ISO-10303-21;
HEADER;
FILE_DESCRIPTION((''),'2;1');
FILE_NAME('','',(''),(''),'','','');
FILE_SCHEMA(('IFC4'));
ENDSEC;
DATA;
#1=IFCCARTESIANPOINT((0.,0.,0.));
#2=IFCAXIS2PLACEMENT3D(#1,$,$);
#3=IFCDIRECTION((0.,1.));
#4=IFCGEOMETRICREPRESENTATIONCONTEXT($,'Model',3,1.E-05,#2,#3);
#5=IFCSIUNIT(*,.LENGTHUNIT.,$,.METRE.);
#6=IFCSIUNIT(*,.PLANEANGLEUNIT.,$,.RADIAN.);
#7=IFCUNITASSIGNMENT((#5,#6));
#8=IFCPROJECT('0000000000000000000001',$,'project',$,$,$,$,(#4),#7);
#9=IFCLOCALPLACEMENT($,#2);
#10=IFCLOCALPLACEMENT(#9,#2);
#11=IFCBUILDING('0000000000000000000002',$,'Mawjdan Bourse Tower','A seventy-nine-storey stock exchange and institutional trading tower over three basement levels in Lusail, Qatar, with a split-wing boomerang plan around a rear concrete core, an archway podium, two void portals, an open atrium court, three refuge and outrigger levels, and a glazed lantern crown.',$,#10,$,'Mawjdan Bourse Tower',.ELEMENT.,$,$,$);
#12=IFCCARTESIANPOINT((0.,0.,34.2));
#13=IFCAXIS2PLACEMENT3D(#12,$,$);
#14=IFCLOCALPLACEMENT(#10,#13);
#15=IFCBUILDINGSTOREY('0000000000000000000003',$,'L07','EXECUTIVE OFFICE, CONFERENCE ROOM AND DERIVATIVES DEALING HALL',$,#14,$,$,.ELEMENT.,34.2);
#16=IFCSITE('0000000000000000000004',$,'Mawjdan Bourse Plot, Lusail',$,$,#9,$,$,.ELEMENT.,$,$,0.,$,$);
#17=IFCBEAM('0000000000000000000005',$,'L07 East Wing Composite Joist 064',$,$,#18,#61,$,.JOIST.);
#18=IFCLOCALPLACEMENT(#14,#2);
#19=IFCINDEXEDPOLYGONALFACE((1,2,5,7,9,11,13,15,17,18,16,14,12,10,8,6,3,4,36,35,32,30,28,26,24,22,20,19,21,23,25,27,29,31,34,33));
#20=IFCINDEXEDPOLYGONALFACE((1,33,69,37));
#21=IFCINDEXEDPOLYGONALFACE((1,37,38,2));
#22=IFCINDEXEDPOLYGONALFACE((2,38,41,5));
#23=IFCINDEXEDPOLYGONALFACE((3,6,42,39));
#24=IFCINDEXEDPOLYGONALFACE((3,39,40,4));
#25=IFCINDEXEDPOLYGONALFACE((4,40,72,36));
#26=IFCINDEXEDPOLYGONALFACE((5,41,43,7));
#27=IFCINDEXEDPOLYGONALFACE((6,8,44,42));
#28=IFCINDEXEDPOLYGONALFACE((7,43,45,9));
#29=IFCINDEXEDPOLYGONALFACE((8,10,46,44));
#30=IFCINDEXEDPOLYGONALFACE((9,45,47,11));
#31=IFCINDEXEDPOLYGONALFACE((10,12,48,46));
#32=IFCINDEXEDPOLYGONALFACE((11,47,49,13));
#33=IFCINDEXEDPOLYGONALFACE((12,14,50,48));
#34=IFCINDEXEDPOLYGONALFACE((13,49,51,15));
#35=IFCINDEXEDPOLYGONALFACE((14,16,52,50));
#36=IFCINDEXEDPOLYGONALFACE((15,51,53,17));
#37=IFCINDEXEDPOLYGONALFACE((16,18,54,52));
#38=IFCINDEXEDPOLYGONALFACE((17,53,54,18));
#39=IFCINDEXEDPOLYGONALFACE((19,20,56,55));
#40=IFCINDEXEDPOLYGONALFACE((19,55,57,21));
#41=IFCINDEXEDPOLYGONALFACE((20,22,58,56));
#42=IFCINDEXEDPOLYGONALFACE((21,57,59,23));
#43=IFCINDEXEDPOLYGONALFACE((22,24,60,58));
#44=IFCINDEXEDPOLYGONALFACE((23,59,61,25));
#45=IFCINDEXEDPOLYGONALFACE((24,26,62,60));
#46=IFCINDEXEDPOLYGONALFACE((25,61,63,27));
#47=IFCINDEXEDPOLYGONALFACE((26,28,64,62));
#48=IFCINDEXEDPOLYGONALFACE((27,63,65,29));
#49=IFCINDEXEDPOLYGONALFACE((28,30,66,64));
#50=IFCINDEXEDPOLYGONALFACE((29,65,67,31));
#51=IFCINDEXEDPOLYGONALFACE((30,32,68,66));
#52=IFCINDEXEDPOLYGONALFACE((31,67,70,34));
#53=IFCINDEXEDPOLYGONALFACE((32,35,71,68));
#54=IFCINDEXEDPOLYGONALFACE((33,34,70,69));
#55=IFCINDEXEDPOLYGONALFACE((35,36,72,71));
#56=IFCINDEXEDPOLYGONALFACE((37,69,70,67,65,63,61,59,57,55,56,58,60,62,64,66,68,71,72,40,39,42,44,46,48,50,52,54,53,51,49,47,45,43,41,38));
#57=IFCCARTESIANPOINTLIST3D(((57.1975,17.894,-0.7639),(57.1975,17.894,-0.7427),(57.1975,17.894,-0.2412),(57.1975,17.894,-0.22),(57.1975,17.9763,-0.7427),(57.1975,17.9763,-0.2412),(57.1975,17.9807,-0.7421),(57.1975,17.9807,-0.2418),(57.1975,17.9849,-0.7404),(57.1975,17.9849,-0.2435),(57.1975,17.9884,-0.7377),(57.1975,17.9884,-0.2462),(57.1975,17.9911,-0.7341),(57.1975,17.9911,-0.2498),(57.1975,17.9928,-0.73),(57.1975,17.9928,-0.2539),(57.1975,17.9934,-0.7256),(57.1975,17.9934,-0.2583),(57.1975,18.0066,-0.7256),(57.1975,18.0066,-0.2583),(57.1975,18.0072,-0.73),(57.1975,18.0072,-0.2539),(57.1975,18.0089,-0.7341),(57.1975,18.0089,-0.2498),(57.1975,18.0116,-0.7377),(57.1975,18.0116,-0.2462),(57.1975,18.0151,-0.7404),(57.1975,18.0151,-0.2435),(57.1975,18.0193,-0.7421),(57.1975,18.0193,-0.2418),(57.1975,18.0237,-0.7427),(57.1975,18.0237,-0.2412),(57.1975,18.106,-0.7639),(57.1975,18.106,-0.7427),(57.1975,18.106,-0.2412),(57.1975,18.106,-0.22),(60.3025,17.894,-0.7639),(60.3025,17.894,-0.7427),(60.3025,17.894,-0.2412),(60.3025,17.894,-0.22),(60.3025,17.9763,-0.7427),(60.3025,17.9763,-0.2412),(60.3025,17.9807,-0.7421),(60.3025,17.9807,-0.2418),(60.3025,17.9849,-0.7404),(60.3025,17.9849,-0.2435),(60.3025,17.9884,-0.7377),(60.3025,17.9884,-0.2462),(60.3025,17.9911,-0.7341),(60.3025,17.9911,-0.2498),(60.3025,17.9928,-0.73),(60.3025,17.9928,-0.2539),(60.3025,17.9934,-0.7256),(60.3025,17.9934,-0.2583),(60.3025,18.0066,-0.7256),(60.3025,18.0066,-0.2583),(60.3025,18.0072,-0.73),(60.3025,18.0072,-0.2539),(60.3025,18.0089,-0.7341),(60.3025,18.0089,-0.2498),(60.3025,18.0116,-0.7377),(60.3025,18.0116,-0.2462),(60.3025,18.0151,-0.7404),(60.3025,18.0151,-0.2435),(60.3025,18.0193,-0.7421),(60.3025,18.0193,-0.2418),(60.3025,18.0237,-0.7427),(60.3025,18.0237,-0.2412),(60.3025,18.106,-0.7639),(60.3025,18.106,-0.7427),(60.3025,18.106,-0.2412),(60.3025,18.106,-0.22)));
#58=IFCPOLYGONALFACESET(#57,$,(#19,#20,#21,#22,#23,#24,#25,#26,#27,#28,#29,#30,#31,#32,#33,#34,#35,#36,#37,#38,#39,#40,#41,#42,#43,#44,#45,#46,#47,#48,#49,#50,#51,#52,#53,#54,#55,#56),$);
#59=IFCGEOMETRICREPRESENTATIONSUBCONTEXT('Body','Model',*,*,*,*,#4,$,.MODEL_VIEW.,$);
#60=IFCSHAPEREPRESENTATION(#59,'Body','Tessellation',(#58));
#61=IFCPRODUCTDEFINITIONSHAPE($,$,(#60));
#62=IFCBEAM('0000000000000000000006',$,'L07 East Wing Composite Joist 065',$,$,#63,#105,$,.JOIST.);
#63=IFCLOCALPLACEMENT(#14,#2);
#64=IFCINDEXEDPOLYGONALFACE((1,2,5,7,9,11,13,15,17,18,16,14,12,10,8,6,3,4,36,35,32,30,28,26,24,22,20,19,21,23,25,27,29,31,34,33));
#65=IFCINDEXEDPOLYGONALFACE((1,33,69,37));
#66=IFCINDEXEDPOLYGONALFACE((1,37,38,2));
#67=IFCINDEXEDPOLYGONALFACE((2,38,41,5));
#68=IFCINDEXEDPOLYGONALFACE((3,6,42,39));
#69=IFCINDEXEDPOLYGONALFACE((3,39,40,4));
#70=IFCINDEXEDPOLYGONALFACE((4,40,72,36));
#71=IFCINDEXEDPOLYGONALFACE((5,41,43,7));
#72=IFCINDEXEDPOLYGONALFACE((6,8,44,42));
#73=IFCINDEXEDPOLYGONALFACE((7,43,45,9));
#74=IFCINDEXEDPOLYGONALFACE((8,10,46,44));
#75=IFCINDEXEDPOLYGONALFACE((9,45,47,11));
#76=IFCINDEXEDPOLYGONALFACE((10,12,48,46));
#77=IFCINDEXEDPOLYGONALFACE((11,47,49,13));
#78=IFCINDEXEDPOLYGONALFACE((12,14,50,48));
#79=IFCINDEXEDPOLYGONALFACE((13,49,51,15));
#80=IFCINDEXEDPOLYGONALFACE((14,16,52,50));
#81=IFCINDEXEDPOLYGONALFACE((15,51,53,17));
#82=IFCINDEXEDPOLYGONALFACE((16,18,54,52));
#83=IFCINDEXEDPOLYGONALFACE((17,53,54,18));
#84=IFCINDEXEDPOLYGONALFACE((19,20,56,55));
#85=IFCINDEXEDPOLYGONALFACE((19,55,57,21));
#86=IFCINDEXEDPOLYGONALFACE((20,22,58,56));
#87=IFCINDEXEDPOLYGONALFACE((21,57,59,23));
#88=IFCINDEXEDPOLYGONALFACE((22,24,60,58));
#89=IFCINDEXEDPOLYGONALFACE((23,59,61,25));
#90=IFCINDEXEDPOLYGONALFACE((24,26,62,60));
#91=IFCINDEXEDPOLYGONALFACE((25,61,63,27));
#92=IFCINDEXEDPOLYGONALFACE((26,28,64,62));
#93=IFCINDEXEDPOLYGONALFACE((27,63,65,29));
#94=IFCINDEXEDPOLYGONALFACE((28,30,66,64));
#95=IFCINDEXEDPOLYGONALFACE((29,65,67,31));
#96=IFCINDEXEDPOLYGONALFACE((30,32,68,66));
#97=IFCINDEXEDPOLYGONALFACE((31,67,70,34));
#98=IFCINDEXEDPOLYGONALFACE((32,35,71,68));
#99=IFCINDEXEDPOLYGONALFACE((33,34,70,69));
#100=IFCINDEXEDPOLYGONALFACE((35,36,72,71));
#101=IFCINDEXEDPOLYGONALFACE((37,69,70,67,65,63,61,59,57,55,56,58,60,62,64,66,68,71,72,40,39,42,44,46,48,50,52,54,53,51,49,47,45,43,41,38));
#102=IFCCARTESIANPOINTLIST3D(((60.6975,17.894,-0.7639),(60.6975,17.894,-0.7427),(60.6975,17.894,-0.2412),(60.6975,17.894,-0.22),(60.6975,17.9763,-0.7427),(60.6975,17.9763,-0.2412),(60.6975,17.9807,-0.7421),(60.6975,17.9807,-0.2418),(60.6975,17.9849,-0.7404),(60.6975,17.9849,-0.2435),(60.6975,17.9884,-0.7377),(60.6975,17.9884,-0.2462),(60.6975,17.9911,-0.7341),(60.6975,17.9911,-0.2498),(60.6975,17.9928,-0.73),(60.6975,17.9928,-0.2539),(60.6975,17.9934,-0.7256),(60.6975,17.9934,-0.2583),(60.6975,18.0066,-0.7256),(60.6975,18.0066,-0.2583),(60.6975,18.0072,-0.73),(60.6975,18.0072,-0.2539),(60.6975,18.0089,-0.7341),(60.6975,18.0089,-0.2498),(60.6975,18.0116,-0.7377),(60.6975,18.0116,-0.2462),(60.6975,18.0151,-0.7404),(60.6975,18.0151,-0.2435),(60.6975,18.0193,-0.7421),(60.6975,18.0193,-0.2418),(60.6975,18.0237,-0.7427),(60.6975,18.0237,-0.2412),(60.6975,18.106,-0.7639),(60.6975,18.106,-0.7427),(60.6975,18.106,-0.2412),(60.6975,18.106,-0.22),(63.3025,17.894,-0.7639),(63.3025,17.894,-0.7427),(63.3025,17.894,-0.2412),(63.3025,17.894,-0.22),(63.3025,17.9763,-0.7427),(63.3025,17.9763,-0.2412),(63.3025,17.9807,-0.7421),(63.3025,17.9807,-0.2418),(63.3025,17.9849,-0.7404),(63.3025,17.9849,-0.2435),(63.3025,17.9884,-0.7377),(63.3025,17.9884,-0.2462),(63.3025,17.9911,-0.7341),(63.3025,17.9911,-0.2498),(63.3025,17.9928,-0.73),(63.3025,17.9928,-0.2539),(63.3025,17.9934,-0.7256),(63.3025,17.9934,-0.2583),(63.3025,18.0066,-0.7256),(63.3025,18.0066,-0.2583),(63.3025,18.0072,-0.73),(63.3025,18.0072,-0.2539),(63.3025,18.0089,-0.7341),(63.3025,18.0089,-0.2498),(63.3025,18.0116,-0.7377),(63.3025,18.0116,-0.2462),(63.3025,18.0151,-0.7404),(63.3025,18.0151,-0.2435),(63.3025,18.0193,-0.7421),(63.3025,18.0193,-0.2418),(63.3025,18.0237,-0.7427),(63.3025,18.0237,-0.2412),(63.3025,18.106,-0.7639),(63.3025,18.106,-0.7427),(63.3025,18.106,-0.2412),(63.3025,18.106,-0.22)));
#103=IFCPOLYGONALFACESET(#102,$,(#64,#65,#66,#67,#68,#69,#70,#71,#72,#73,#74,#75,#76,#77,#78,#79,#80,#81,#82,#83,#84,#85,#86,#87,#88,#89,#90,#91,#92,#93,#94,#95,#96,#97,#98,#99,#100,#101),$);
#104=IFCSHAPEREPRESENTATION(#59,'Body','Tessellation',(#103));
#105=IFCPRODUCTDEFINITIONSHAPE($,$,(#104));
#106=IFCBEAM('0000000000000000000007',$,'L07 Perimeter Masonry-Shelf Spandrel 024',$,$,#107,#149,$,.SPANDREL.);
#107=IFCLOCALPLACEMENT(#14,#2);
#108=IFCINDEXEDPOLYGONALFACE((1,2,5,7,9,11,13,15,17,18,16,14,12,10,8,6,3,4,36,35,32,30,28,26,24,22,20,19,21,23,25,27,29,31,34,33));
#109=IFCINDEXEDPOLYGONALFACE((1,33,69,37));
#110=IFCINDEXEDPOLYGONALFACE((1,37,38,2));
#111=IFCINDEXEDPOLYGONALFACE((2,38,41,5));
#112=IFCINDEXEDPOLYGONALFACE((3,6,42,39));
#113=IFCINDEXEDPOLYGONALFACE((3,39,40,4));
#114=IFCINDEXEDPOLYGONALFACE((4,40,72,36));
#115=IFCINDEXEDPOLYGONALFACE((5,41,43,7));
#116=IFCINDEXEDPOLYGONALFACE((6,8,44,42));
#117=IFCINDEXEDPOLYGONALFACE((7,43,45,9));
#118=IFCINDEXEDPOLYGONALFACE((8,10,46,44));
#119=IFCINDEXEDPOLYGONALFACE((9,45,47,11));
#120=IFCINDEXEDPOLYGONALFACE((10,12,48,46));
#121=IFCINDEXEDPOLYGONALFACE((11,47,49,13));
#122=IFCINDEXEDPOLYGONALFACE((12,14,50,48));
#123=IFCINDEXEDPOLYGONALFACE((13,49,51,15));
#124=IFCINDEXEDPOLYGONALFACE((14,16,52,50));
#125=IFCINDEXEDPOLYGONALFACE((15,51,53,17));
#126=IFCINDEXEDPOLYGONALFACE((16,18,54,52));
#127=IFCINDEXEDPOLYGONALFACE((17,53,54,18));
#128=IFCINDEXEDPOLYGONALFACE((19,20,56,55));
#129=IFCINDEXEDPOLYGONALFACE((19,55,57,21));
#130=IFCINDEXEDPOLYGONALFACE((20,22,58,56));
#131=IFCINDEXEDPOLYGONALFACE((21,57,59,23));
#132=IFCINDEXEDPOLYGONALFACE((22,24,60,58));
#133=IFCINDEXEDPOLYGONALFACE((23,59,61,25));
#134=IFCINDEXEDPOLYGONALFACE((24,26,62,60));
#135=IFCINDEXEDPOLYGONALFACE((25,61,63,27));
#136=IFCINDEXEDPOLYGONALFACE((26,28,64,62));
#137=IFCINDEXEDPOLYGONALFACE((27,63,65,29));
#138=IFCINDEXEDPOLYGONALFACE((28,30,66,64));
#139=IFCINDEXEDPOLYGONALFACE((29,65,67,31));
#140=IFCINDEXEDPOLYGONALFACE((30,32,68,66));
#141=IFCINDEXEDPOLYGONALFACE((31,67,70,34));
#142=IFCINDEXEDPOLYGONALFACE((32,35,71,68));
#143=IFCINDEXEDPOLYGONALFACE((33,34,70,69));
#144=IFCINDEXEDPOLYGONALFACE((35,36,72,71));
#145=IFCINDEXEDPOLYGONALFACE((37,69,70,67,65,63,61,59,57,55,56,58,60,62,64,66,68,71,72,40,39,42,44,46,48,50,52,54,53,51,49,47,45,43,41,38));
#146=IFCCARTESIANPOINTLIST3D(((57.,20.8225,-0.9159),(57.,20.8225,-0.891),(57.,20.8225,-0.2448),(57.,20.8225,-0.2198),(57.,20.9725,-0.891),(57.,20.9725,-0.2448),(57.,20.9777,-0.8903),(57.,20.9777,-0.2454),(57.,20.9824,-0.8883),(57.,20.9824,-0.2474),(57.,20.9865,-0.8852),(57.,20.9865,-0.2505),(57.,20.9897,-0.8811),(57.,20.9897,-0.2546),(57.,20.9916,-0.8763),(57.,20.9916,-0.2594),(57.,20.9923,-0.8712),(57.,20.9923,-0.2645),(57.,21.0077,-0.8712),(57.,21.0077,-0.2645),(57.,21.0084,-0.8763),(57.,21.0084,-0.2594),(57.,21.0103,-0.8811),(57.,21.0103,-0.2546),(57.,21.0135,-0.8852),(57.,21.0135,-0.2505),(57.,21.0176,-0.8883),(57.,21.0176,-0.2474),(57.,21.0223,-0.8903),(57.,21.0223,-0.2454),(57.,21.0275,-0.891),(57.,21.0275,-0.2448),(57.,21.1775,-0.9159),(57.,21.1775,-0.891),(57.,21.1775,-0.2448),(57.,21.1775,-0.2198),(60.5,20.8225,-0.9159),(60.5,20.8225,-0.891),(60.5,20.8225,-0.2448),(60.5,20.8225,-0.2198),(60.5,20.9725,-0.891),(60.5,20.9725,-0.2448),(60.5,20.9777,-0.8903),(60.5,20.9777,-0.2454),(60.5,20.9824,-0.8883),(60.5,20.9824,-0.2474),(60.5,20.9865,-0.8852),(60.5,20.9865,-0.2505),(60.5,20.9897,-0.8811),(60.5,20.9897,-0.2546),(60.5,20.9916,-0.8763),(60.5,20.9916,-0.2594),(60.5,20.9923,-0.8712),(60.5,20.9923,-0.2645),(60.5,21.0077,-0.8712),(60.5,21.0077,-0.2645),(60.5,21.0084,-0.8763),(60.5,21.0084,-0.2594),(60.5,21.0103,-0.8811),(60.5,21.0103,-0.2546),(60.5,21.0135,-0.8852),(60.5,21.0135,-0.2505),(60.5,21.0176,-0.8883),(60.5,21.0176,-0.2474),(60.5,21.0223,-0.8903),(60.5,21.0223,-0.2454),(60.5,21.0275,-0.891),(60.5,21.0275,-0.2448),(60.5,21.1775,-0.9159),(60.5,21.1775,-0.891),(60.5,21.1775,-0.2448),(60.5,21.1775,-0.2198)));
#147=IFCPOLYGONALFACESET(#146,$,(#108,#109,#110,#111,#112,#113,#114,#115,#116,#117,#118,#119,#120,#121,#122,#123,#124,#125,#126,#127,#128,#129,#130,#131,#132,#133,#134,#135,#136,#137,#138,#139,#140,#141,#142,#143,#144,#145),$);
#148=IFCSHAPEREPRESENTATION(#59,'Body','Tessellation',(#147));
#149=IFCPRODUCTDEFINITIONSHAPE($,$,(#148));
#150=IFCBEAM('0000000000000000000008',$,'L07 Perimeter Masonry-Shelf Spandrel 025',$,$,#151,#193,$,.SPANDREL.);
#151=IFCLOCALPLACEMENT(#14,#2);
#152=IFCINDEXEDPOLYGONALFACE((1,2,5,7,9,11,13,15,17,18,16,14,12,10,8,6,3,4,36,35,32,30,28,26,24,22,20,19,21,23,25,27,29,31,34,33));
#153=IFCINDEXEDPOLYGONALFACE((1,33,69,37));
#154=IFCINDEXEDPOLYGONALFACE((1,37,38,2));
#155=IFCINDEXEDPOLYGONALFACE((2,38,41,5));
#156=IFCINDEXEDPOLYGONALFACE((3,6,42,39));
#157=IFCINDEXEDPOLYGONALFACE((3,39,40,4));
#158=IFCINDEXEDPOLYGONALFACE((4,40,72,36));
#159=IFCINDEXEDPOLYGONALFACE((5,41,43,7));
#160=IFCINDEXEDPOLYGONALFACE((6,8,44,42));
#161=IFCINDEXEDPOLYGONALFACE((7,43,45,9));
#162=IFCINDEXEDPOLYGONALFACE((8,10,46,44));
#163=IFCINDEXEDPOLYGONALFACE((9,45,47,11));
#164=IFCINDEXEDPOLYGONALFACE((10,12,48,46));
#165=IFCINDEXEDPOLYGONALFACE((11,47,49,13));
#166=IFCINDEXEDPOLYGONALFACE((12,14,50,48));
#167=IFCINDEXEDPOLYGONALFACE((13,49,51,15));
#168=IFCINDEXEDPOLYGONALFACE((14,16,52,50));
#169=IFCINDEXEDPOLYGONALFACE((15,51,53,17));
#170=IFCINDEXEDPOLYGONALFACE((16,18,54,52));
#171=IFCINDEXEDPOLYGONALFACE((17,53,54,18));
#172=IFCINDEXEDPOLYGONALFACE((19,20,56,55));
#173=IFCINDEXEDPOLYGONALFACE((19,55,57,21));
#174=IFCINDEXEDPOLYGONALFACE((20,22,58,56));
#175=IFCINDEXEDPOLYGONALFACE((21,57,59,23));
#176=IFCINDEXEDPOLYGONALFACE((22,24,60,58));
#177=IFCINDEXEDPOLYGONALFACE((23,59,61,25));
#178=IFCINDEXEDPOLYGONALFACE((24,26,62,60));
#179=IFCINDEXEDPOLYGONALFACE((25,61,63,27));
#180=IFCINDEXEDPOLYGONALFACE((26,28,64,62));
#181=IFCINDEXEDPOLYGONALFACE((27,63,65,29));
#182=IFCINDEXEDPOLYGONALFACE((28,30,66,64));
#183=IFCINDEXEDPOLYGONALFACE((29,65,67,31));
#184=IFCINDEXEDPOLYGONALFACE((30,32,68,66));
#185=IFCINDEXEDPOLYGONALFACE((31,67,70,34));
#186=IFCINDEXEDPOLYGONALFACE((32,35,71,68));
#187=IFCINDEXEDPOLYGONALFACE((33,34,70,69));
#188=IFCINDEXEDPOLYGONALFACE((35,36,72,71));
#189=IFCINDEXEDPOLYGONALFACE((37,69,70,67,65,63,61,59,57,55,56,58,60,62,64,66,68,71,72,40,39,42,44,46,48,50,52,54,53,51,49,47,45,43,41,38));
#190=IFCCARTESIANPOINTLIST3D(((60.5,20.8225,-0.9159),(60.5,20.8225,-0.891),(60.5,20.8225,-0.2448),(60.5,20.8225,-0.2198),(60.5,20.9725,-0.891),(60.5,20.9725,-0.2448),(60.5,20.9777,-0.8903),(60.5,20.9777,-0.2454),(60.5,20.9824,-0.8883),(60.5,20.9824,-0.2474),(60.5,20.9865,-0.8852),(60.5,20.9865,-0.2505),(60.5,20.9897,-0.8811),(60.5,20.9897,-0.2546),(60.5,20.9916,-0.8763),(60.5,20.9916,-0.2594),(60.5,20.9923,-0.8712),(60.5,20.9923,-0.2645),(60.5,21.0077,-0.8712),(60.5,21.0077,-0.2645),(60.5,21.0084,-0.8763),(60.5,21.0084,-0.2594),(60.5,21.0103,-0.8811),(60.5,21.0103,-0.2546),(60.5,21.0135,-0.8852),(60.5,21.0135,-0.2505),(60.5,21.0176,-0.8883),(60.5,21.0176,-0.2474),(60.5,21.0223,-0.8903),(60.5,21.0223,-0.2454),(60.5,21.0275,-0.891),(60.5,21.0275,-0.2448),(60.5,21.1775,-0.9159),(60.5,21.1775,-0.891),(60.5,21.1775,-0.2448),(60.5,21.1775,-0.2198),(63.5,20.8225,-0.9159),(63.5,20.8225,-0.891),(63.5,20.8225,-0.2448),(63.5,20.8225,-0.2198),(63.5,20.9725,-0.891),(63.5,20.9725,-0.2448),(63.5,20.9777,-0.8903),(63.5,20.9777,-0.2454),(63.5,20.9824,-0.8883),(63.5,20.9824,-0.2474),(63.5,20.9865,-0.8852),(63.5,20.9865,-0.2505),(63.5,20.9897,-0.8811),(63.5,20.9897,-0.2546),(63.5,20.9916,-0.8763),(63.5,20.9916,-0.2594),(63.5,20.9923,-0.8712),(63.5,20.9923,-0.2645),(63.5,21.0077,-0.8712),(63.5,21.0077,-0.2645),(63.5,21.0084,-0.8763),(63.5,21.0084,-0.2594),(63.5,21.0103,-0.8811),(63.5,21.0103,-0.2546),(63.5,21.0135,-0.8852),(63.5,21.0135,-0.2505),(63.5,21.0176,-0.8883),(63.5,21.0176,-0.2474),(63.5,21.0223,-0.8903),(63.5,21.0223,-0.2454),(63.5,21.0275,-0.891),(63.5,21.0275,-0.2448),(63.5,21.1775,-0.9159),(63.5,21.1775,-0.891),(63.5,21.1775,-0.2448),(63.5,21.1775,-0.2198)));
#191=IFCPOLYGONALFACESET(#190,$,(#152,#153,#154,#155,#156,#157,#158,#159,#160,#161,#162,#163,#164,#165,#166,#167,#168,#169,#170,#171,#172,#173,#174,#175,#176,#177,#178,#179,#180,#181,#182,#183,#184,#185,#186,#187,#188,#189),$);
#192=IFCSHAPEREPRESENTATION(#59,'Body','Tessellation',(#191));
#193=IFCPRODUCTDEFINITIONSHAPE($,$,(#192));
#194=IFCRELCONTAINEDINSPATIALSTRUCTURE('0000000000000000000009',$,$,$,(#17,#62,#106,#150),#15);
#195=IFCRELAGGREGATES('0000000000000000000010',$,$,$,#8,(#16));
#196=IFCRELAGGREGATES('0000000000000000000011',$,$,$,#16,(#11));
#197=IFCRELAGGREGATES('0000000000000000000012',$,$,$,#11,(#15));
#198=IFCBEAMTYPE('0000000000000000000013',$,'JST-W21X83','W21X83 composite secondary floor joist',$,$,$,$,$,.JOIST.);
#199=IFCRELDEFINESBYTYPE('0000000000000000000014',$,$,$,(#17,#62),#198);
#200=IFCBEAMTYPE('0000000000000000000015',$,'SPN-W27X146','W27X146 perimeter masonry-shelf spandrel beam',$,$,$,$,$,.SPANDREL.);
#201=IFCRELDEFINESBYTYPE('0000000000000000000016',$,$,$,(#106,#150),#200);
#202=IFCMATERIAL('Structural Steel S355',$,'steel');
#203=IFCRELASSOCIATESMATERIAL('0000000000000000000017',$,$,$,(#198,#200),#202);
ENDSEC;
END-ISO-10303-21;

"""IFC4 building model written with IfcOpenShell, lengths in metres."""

from ifc_helpers import new_model, si_unit, direction, frame, origin, origin_2d, place, context, subcontext, project, spatial, i_section, extrude, material, material_profile, profile_set, type_object, element, save


model = new_model("IFC4")

# Units and contexts
model_context = context("Model", 3, precision=1e-05, world=origin(), true_north=direction((0.0, 1.0)))
body_context = subcontext(model_context, "Body", "Model", "MODEL_VIEW")
ifc_project = project(units=[si_unit("LENGTHUNIT", "METRE"), si_unit("PLANEANGLEUNIT", "RADIAN")], contexts=[model_context])

# Site, building, storey
site_placement = place(None, origin())
site = spatial("IfcSite", under=ifc_project, at=site_placement, Name="Mawjdan Bourse Plot, Lusail", CompositionType="ELEMENT", RefElevation=0.0)
building_placement = place(site_placement, origin())
building = spatial("IfcBuilding", under=site, at=building_placement, Name="Mawjdan Bourse Tower", Description="A seventy-nine-storey stock exchange and institutional trading tower over three basement levels in Lusail, Qatar, with a split-wing boomerang plan around a rear concrete core, an archway podium, two void portals, an open atrium court, three refuge and outrigger levels, and a glazed lantern crown.", LongName="Mawjdan Bourse Tower", CompositionType="ELEMENT")
storey_placement = place(building_placement, frame((0.0, 0.0, 34.2)))
storey = spatial("IfcBuildingStorey", under=building, at=storey_placement, Name="L07", Description="EXECUTIVE OFFICE, CONFERENCE ROOM AND DERIVATIVES DEALING HALL", CompositionType="ELEMENT", Elevation=34.2)

# Beams
ifc_material_1 = material(Name="Structural Steel S355", Category="steel")
ifc_material_profile_1 = material_profile(ifc_material_1, i_section(OverallWidth=0.2119, OverallDepth=0.5439, WebThickness=0.0132, FlangeThickness=0.0212, FilletRadius=0.0171, at=origin_2d()), Name="W21X83")
ifc_profile_set_1 = profile_set([ifc_material_profile_1], Name="Structural Steel S355")
beam_type_1 = type_object("IfcBeamType", Name="JST-W21X83", Description="W21X83 composite secondary floor joist", PredefinedType="JOIST", material=ifc_profile_set_1)
beam_1_placement = place(storey_placement, frame((57.1975, 18.0, -0.4919), z_axis=(1.0, 0.0, 0.0), x_axis=(0.0, 1.0, 0.0)))
element("IfcBeam", 1, at=beam_1_placement, inside=storey, type_object=beam_type_1, Name="L07 East Wing Composite Joist 064", PredefinedType="JOIST", context=body_context, shape_type="SweptSolid", body=[
    extrude(i_section(OverallWidth=0.2119, OverallDepth=0.5439, WebThickness=0.0132, FlangeThickness=0.0212, FilletRadius=0.0171, at=origin_2d()), origin(), (0.0, 0.0, 1.0), 3.105),
])
beam_2_placement = place(storey_placement, frame((60.6975, 18.0, -0.4919), z_axis=(1.0, 0.0, 0.0), x_axis=(0.0, 1.0, 0.0)))
element("IfcBeam", 2, at=beam_2_placement, inside=storey, type_object=beam_type_1, Name="L07 East Wing Composite Joist 065", PredefinedType="JOIST", context=body_context, shape_type="SweptSolid", body=[
    extrude(i_section(OverallWidth=0.2119, OverallDepth=0.5439, WebThickness=0.0132, FlangeThickness=0.0212, FilletRadius=0.0171, at=origin_2d()), origin(), (0.0, 0.0, 1.0), 2.605),
])
ifc_material_profile_2 = material_profile(ifc_material_1, i_section(OverallWidth=0.355, OverallDepth=0.696, WebThickness=0.0154, FlangeThickness=0.0249, FilletRadius=0.0198, at=origin_2d()), Name="W27X146")
ifc_profile_set_2 = profile_set([ifc_material_profile_2], Name="Structural Steel S355")
beam_type_2 = type_object("IfcBeamType", Name="SPN-W27X146", Description="W27X146 perimeter masonry-shelf spandrel beam", PredefinedType="SPANDREL", material=ifc_profile_set_2)
beam_3_placement = place(storey_placement, frame((57.0, 21.0, -0.5679), z_axis=(1.0, 0.0, 0.0), x_axis=(0.0, 1.0, 0.0)))
element("IfcBeam", 3, at=beam_3_placement, inside=storey, type_object=beam_type_2, Name="L07 Perimeter Masonry-Shelf Spandrel 024", PredefinedType="SPANDREL", context=body_context, shape_type="SweptSolid", body=[
    extrude(i_section(OverallWidth=0.355, OverallDepth=0.696, WebThickness=0.0154, FlangeThickness=0.0249, FilletRadius=0.0198, at=origin_2d()), origin(), (0.0, 0.0, 1.0), 3.5),
])
beam_4_placement = place(storey_placement, frame((60.5, 21.0, -0.5679), z_axis=(1.0, 0.0, 0.0), x_axis=(0.0, 1.0, 0.0)))
element("IfcBeam", 4, at=beam_4_placement, inside=storey, type_object=beam_type_2, Name="L07 Perimeter Masonry-Shelf Spandrel 025", PredefinedType="SPANDREL", context=body_context, shape_type="SweptSolid", body=[
    extrude(i_section(OverallWidth=0.355, OverallDepth=0.696, WebThickness=0.0154, FlangeThickness=0.0249, FilletRadius=0.0198, at=origin_2d()), origin(), (0.0, 0.0, 1.0), 3.0),
])

save(model, "model.ifc")
